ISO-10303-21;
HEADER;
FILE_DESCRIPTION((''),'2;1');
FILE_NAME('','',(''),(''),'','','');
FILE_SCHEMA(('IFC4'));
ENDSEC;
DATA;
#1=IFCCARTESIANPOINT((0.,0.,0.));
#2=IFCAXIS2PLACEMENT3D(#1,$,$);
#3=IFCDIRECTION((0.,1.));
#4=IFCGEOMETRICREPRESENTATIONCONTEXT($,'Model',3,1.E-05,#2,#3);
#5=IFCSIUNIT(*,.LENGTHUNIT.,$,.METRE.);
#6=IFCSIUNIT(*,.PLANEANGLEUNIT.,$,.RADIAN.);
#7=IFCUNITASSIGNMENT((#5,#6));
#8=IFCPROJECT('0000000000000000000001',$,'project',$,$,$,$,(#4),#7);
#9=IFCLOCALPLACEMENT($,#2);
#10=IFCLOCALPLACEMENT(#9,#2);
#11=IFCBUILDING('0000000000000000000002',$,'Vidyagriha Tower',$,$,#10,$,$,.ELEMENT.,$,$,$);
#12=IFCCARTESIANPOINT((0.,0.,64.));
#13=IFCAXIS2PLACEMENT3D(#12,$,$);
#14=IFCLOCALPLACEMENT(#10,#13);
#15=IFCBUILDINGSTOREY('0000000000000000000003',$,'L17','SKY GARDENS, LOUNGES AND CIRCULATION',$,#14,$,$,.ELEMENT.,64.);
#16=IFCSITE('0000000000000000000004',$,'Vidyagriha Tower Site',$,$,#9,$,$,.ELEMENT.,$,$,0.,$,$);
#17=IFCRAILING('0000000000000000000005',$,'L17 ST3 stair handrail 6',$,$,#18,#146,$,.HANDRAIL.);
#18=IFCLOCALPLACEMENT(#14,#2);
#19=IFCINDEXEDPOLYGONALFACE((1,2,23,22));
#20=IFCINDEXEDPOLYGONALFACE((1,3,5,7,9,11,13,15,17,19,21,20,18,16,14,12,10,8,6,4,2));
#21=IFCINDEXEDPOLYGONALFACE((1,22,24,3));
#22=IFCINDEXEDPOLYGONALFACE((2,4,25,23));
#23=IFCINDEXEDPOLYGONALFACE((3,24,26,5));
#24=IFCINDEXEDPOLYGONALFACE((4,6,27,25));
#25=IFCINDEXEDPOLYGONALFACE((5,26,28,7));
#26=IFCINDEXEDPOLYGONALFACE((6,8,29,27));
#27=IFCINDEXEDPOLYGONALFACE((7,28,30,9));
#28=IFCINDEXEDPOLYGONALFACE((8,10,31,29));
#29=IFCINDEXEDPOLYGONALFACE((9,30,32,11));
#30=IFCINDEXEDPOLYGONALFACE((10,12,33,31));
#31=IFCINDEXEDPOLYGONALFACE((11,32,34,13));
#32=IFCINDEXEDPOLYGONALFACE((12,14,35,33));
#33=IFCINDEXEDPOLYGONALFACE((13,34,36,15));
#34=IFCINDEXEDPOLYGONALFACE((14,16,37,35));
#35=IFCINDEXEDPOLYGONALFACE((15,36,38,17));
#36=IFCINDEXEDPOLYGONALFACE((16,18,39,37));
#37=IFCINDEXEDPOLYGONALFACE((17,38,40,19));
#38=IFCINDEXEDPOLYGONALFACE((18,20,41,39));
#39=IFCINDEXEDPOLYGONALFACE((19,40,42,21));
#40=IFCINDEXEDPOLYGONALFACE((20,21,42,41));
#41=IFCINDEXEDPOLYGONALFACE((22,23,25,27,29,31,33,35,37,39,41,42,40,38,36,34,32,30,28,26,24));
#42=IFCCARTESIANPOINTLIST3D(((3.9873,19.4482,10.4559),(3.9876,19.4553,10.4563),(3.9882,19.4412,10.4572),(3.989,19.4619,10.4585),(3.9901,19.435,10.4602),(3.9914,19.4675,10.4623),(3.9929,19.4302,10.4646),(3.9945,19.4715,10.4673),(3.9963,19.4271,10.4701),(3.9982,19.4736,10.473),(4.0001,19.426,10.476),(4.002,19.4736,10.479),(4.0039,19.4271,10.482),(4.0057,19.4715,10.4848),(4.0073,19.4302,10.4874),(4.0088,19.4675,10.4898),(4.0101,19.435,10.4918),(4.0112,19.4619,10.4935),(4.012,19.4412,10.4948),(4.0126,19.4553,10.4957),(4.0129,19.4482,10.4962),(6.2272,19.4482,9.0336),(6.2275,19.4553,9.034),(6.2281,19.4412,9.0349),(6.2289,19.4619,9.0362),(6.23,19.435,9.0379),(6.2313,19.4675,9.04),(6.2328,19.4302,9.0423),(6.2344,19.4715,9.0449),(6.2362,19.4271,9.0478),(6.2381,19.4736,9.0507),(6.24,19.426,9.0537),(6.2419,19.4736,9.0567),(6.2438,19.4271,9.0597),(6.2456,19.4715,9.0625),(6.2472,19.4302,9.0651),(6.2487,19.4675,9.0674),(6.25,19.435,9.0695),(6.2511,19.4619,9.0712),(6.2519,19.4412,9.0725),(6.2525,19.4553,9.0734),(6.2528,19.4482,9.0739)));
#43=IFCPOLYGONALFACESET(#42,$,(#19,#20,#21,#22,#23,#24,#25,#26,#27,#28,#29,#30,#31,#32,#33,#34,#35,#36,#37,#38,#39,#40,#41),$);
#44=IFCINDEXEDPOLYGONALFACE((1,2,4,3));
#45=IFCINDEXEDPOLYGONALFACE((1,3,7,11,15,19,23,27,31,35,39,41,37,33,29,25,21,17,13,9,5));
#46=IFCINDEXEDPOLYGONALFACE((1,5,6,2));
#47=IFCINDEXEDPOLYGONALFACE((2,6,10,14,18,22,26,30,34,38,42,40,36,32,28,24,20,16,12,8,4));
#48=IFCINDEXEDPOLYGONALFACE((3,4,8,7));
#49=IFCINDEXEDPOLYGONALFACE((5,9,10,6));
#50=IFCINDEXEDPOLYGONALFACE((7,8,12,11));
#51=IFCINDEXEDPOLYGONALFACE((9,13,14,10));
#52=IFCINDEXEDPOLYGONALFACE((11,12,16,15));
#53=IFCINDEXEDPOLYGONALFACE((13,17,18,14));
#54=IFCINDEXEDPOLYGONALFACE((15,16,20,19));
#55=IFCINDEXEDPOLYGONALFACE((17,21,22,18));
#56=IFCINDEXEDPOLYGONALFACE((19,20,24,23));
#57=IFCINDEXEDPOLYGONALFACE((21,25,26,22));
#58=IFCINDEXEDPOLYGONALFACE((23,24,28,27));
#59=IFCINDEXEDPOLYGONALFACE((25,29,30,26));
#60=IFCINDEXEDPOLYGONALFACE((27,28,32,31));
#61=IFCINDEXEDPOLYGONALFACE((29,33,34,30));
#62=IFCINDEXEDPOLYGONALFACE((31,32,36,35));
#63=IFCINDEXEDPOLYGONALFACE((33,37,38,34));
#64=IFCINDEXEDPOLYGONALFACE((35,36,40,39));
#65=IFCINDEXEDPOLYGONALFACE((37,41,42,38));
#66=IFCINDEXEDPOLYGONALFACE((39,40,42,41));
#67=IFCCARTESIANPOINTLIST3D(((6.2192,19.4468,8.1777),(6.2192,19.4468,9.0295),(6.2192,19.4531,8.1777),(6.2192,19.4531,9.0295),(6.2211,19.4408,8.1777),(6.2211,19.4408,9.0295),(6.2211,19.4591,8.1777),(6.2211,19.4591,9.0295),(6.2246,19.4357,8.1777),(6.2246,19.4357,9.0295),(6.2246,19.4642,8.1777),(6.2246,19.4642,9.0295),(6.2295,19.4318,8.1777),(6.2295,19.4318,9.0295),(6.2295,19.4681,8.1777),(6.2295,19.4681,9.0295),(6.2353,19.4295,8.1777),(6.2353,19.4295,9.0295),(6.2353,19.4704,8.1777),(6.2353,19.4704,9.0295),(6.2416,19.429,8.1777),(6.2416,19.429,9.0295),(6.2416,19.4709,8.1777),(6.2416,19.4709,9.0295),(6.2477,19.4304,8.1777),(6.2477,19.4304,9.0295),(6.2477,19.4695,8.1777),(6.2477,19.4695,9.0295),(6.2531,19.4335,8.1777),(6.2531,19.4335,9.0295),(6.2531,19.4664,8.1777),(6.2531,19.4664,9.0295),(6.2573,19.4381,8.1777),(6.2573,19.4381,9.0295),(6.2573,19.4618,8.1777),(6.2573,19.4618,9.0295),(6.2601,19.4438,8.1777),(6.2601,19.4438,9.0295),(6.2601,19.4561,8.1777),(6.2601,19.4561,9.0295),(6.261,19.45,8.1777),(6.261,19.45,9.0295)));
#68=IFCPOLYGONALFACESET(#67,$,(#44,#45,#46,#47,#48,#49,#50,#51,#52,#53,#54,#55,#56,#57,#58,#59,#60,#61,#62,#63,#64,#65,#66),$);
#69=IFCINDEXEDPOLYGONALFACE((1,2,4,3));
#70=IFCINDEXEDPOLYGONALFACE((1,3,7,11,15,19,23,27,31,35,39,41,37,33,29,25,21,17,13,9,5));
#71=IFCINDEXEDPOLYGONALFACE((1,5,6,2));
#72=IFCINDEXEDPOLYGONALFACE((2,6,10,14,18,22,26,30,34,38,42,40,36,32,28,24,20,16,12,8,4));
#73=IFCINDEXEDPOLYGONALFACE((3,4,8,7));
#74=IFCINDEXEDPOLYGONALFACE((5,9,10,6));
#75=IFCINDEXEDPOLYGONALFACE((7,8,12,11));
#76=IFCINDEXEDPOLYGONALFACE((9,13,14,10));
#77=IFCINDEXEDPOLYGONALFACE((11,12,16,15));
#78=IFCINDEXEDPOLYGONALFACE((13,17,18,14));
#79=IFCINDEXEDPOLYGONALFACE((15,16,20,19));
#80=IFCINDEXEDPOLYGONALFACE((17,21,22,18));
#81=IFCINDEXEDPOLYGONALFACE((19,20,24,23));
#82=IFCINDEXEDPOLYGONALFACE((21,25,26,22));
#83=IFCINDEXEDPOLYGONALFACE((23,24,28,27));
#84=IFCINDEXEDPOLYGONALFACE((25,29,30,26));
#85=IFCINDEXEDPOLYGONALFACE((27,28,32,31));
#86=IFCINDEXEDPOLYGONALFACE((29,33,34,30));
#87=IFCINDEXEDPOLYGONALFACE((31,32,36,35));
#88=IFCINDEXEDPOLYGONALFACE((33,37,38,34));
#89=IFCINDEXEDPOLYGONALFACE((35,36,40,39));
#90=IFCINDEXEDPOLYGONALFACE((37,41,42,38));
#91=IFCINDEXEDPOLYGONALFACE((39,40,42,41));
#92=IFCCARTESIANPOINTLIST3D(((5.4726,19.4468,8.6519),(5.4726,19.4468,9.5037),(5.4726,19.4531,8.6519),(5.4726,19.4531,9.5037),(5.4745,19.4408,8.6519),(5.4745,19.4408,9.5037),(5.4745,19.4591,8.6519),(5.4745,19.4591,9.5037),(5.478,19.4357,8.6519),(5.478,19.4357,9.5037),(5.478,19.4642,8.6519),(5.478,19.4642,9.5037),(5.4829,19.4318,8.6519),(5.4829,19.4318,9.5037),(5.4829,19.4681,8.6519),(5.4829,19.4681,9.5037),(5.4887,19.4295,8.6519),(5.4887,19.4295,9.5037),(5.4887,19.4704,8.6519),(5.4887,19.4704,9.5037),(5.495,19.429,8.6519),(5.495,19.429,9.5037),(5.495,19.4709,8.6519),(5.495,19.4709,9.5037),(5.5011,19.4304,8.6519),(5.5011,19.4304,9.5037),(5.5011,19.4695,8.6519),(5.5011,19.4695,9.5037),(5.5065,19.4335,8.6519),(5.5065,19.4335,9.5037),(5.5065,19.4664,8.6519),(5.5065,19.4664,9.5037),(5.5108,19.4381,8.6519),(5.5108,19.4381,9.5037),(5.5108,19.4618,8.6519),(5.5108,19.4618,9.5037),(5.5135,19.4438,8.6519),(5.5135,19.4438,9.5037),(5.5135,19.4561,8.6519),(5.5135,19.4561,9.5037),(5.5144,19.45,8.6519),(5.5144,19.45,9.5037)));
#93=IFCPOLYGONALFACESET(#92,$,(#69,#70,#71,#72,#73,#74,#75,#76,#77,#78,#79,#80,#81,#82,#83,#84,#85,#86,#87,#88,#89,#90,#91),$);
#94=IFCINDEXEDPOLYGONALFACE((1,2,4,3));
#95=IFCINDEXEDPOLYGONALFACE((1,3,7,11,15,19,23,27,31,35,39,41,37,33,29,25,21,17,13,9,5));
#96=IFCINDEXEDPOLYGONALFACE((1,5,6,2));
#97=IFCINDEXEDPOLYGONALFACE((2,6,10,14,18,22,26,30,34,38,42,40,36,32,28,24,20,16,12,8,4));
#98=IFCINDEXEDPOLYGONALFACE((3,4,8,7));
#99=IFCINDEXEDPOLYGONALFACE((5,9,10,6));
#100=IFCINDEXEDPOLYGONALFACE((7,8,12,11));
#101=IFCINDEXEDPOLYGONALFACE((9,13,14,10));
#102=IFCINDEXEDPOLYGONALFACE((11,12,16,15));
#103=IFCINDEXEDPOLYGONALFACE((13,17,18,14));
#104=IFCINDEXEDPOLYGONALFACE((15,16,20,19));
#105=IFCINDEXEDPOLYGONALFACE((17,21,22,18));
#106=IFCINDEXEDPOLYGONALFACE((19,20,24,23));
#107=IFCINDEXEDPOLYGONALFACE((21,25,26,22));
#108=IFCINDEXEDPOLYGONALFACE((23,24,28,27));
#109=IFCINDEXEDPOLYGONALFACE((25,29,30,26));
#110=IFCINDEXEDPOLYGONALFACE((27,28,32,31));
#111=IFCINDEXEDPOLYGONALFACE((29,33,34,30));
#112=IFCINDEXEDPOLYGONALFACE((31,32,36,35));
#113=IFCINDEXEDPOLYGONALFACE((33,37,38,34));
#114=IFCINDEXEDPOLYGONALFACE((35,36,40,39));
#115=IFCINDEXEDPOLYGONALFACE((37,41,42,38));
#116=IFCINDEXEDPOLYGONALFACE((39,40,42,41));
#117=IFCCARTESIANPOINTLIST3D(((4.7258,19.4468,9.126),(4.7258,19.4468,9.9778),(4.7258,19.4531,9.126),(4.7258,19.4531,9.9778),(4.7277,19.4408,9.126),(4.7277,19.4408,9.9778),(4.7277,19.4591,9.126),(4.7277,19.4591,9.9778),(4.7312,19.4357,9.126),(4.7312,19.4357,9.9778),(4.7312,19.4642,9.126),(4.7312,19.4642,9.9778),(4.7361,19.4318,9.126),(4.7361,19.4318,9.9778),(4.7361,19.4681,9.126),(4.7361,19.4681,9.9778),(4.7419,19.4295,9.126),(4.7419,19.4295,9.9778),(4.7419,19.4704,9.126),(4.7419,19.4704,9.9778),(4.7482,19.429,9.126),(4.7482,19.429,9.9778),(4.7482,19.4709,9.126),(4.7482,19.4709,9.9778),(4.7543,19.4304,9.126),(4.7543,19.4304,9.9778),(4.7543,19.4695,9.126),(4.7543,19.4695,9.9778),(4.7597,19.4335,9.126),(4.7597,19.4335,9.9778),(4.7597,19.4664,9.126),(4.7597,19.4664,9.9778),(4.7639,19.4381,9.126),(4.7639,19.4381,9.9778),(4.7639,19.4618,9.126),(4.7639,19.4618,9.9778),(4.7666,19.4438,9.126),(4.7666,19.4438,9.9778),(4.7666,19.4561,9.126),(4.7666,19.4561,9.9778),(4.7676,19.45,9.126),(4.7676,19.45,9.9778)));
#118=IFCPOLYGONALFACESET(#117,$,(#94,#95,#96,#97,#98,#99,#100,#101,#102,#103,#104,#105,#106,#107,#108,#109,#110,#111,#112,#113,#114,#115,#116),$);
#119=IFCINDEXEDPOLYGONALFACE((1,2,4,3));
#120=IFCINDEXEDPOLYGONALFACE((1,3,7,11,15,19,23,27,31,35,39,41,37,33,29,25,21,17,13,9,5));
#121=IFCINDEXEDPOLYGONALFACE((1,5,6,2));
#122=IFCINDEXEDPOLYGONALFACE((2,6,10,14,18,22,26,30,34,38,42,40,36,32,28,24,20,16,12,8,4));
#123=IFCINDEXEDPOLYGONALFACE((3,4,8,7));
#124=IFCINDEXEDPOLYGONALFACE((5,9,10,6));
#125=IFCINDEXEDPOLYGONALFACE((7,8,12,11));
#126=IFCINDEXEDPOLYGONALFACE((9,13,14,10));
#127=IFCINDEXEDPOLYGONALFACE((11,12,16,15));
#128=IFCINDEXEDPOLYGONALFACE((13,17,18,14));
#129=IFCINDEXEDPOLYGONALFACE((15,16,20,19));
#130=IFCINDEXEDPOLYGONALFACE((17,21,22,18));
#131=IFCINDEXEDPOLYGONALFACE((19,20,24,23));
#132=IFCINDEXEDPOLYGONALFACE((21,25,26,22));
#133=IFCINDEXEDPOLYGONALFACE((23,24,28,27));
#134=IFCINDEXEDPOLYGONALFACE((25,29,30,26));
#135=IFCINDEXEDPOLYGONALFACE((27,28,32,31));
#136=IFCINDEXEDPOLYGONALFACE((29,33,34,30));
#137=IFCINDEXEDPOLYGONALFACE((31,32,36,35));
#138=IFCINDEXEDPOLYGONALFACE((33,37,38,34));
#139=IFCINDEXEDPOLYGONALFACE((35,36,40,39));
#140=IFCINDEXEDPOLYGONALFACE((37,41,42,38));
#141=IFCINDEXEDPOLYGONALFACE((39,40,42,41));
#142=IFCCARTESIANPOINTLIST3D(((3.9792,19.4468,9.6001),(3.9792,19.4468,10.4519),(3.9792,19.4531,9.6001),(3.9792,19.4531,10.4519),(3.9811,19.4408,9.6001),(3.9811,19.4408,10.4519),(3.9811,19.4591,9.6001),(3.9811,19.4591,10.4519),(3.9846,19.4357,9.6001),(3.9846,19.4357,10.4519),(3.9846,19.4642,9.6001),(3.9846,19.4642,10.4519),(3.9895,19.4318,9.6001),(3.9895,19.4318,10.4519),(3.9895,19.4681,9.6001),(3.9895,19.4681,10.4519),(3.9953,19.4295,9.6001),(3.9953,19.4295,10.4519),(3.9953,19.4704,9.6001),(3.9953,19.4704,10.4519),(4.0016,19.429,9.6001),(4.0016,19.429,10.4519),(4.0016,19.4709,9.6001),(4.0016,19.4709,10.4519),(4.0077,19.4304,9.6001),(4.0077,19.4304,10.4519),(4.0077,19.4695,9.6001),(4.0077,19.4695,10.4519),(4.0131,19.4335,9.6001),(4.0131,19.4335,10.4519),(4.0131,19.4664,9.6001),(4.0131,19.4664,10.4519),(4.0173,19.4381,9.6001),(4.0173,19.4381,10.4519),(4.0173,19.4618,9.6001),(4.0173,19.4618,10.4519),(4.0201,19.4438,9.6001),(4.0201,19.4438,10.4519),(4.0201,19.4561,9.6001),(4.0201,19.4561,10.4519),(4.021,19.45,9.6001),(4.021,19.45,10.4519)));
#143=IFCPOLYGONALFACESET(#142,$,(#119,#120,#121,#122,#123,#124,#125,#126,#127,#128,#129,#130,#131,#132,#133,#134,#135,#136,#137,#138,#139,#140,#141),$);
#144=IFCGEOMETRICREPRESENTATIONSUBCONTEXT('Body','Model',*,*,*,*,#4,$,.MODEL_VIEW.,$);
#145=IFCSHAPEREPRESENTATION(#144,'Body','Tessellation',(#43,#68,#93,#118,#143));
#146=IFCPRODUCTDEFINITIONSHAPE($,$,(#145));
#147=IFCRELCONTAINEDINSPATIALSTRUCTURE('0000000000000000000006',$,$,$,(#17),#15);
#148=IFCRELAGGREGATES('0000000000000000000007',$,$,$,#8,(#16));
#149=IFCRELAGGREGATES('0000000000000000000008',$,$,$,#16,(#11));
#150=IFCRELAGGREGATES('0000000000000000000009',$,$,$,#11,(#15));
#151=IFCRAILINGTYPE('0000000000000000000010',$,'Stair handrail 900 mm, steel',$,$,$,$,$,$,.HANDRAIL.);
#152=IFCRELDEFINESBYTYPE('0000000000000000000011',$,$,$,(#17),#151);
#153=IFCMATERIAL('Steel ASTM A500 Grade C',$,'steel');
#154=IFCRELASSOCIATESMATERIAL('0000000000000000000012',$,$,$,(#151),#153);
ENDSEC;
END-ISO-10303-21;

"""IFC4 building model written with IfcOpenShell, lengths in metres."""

from ifc_helpers import new_model, si_unit, direction, frame, origin, origin_2d, place, context, subcontext, project, spatial, circle, extrude, material, type_object, element, save


model = new_model("IFC4")

# Units and contexts
model_context = context("Model", 3, precision=1e-05, world=origin(), true_north=direction((0.0, 1.0)))
body_context = subcontext(model_context, "Body", "Model", "MODEL_VIEW")
ifc_project = project(units=[si_unit("LENGTHUNIT", "METRE"), si_unit("PLANEANGLEUNIT", "RADIAN")], contexts=[model_context])

# Site, building, storey
site_placement = place(None, origin())
site = spatial("IfcSite", under=ifc_project, at=site_placement, Name="Vidyagriha Tower Site", CompositionType="ELEMENT", RefElevation=0.0)
building_placement = place(site_placement, origin())
building = spatial("IfcBuilding", under=site, at=building_placement, Name="Vidyagriha Tower", CompositionType="ELEMENT")
storey_placement = place(building_placement, frame((0.0, 0.0, 64.0)))
storey = spatial("IfcBuildingStorey", under=building, at=storey_placement, Name="L17", Description="SKY GARDENS, LOUNGES AND CIRCULATION", CompositionType="ELEMENT", Elevation=64.0)

# Railing
ifc_material_1 = material(Name="Steel ASTM A500 Grade C", Category="steel")
railing_type_1 = type_object("IfcRailingType", Name="Stair handrail 900 mm, steel", PredefinedType="HANDRAIL", material=ifc_material_1)
railing_1_placement = place(storey_placement, frame((6.24, 19.45, 8.1777)))
element("IfcRailing", 1, at=railing_1_placement, inside=storey, type_object=railing_type_1, Name="L17 ST3 stair handrail 6", PredefinedType="HANDRAIL", context=body_context, shape_type="SweptSolid", body=[
    extrude(circle(Radius=0.0239, at=origin_2d()), frame((0.0, 0.0, 0.876), z_axis=(-0.844188, 0.0, 0.536048), x_axis=(0.0, -1.0, 0.0)), (0.0, 0.0, 1.0), 2.6533),
    extrude(circle(Radius=0.021, at=origin_2d()), origin(), (0.0, 0.0, 1.0), 0.8518),
    extrude(circle(Radius=0.021, at=origin_2d()), frame((-0.7466, 0.0, 0.4741)), (0.0, 0.0, 1.0), 0.8518),
    extrude(circle(Radius=0.021, at=origin_2d()), frame((-1.4934, 0.0, 0.9482)), (0.0, 0.0, 1.0), 0.8518),
    extrude(circle(Radius=0.021, at=origin_2d()), frame((-2.24, 0.0, 1.4224)), (0.0, 0.0, 1.0), 0.8518),
])

save(model, "model.ifc")
